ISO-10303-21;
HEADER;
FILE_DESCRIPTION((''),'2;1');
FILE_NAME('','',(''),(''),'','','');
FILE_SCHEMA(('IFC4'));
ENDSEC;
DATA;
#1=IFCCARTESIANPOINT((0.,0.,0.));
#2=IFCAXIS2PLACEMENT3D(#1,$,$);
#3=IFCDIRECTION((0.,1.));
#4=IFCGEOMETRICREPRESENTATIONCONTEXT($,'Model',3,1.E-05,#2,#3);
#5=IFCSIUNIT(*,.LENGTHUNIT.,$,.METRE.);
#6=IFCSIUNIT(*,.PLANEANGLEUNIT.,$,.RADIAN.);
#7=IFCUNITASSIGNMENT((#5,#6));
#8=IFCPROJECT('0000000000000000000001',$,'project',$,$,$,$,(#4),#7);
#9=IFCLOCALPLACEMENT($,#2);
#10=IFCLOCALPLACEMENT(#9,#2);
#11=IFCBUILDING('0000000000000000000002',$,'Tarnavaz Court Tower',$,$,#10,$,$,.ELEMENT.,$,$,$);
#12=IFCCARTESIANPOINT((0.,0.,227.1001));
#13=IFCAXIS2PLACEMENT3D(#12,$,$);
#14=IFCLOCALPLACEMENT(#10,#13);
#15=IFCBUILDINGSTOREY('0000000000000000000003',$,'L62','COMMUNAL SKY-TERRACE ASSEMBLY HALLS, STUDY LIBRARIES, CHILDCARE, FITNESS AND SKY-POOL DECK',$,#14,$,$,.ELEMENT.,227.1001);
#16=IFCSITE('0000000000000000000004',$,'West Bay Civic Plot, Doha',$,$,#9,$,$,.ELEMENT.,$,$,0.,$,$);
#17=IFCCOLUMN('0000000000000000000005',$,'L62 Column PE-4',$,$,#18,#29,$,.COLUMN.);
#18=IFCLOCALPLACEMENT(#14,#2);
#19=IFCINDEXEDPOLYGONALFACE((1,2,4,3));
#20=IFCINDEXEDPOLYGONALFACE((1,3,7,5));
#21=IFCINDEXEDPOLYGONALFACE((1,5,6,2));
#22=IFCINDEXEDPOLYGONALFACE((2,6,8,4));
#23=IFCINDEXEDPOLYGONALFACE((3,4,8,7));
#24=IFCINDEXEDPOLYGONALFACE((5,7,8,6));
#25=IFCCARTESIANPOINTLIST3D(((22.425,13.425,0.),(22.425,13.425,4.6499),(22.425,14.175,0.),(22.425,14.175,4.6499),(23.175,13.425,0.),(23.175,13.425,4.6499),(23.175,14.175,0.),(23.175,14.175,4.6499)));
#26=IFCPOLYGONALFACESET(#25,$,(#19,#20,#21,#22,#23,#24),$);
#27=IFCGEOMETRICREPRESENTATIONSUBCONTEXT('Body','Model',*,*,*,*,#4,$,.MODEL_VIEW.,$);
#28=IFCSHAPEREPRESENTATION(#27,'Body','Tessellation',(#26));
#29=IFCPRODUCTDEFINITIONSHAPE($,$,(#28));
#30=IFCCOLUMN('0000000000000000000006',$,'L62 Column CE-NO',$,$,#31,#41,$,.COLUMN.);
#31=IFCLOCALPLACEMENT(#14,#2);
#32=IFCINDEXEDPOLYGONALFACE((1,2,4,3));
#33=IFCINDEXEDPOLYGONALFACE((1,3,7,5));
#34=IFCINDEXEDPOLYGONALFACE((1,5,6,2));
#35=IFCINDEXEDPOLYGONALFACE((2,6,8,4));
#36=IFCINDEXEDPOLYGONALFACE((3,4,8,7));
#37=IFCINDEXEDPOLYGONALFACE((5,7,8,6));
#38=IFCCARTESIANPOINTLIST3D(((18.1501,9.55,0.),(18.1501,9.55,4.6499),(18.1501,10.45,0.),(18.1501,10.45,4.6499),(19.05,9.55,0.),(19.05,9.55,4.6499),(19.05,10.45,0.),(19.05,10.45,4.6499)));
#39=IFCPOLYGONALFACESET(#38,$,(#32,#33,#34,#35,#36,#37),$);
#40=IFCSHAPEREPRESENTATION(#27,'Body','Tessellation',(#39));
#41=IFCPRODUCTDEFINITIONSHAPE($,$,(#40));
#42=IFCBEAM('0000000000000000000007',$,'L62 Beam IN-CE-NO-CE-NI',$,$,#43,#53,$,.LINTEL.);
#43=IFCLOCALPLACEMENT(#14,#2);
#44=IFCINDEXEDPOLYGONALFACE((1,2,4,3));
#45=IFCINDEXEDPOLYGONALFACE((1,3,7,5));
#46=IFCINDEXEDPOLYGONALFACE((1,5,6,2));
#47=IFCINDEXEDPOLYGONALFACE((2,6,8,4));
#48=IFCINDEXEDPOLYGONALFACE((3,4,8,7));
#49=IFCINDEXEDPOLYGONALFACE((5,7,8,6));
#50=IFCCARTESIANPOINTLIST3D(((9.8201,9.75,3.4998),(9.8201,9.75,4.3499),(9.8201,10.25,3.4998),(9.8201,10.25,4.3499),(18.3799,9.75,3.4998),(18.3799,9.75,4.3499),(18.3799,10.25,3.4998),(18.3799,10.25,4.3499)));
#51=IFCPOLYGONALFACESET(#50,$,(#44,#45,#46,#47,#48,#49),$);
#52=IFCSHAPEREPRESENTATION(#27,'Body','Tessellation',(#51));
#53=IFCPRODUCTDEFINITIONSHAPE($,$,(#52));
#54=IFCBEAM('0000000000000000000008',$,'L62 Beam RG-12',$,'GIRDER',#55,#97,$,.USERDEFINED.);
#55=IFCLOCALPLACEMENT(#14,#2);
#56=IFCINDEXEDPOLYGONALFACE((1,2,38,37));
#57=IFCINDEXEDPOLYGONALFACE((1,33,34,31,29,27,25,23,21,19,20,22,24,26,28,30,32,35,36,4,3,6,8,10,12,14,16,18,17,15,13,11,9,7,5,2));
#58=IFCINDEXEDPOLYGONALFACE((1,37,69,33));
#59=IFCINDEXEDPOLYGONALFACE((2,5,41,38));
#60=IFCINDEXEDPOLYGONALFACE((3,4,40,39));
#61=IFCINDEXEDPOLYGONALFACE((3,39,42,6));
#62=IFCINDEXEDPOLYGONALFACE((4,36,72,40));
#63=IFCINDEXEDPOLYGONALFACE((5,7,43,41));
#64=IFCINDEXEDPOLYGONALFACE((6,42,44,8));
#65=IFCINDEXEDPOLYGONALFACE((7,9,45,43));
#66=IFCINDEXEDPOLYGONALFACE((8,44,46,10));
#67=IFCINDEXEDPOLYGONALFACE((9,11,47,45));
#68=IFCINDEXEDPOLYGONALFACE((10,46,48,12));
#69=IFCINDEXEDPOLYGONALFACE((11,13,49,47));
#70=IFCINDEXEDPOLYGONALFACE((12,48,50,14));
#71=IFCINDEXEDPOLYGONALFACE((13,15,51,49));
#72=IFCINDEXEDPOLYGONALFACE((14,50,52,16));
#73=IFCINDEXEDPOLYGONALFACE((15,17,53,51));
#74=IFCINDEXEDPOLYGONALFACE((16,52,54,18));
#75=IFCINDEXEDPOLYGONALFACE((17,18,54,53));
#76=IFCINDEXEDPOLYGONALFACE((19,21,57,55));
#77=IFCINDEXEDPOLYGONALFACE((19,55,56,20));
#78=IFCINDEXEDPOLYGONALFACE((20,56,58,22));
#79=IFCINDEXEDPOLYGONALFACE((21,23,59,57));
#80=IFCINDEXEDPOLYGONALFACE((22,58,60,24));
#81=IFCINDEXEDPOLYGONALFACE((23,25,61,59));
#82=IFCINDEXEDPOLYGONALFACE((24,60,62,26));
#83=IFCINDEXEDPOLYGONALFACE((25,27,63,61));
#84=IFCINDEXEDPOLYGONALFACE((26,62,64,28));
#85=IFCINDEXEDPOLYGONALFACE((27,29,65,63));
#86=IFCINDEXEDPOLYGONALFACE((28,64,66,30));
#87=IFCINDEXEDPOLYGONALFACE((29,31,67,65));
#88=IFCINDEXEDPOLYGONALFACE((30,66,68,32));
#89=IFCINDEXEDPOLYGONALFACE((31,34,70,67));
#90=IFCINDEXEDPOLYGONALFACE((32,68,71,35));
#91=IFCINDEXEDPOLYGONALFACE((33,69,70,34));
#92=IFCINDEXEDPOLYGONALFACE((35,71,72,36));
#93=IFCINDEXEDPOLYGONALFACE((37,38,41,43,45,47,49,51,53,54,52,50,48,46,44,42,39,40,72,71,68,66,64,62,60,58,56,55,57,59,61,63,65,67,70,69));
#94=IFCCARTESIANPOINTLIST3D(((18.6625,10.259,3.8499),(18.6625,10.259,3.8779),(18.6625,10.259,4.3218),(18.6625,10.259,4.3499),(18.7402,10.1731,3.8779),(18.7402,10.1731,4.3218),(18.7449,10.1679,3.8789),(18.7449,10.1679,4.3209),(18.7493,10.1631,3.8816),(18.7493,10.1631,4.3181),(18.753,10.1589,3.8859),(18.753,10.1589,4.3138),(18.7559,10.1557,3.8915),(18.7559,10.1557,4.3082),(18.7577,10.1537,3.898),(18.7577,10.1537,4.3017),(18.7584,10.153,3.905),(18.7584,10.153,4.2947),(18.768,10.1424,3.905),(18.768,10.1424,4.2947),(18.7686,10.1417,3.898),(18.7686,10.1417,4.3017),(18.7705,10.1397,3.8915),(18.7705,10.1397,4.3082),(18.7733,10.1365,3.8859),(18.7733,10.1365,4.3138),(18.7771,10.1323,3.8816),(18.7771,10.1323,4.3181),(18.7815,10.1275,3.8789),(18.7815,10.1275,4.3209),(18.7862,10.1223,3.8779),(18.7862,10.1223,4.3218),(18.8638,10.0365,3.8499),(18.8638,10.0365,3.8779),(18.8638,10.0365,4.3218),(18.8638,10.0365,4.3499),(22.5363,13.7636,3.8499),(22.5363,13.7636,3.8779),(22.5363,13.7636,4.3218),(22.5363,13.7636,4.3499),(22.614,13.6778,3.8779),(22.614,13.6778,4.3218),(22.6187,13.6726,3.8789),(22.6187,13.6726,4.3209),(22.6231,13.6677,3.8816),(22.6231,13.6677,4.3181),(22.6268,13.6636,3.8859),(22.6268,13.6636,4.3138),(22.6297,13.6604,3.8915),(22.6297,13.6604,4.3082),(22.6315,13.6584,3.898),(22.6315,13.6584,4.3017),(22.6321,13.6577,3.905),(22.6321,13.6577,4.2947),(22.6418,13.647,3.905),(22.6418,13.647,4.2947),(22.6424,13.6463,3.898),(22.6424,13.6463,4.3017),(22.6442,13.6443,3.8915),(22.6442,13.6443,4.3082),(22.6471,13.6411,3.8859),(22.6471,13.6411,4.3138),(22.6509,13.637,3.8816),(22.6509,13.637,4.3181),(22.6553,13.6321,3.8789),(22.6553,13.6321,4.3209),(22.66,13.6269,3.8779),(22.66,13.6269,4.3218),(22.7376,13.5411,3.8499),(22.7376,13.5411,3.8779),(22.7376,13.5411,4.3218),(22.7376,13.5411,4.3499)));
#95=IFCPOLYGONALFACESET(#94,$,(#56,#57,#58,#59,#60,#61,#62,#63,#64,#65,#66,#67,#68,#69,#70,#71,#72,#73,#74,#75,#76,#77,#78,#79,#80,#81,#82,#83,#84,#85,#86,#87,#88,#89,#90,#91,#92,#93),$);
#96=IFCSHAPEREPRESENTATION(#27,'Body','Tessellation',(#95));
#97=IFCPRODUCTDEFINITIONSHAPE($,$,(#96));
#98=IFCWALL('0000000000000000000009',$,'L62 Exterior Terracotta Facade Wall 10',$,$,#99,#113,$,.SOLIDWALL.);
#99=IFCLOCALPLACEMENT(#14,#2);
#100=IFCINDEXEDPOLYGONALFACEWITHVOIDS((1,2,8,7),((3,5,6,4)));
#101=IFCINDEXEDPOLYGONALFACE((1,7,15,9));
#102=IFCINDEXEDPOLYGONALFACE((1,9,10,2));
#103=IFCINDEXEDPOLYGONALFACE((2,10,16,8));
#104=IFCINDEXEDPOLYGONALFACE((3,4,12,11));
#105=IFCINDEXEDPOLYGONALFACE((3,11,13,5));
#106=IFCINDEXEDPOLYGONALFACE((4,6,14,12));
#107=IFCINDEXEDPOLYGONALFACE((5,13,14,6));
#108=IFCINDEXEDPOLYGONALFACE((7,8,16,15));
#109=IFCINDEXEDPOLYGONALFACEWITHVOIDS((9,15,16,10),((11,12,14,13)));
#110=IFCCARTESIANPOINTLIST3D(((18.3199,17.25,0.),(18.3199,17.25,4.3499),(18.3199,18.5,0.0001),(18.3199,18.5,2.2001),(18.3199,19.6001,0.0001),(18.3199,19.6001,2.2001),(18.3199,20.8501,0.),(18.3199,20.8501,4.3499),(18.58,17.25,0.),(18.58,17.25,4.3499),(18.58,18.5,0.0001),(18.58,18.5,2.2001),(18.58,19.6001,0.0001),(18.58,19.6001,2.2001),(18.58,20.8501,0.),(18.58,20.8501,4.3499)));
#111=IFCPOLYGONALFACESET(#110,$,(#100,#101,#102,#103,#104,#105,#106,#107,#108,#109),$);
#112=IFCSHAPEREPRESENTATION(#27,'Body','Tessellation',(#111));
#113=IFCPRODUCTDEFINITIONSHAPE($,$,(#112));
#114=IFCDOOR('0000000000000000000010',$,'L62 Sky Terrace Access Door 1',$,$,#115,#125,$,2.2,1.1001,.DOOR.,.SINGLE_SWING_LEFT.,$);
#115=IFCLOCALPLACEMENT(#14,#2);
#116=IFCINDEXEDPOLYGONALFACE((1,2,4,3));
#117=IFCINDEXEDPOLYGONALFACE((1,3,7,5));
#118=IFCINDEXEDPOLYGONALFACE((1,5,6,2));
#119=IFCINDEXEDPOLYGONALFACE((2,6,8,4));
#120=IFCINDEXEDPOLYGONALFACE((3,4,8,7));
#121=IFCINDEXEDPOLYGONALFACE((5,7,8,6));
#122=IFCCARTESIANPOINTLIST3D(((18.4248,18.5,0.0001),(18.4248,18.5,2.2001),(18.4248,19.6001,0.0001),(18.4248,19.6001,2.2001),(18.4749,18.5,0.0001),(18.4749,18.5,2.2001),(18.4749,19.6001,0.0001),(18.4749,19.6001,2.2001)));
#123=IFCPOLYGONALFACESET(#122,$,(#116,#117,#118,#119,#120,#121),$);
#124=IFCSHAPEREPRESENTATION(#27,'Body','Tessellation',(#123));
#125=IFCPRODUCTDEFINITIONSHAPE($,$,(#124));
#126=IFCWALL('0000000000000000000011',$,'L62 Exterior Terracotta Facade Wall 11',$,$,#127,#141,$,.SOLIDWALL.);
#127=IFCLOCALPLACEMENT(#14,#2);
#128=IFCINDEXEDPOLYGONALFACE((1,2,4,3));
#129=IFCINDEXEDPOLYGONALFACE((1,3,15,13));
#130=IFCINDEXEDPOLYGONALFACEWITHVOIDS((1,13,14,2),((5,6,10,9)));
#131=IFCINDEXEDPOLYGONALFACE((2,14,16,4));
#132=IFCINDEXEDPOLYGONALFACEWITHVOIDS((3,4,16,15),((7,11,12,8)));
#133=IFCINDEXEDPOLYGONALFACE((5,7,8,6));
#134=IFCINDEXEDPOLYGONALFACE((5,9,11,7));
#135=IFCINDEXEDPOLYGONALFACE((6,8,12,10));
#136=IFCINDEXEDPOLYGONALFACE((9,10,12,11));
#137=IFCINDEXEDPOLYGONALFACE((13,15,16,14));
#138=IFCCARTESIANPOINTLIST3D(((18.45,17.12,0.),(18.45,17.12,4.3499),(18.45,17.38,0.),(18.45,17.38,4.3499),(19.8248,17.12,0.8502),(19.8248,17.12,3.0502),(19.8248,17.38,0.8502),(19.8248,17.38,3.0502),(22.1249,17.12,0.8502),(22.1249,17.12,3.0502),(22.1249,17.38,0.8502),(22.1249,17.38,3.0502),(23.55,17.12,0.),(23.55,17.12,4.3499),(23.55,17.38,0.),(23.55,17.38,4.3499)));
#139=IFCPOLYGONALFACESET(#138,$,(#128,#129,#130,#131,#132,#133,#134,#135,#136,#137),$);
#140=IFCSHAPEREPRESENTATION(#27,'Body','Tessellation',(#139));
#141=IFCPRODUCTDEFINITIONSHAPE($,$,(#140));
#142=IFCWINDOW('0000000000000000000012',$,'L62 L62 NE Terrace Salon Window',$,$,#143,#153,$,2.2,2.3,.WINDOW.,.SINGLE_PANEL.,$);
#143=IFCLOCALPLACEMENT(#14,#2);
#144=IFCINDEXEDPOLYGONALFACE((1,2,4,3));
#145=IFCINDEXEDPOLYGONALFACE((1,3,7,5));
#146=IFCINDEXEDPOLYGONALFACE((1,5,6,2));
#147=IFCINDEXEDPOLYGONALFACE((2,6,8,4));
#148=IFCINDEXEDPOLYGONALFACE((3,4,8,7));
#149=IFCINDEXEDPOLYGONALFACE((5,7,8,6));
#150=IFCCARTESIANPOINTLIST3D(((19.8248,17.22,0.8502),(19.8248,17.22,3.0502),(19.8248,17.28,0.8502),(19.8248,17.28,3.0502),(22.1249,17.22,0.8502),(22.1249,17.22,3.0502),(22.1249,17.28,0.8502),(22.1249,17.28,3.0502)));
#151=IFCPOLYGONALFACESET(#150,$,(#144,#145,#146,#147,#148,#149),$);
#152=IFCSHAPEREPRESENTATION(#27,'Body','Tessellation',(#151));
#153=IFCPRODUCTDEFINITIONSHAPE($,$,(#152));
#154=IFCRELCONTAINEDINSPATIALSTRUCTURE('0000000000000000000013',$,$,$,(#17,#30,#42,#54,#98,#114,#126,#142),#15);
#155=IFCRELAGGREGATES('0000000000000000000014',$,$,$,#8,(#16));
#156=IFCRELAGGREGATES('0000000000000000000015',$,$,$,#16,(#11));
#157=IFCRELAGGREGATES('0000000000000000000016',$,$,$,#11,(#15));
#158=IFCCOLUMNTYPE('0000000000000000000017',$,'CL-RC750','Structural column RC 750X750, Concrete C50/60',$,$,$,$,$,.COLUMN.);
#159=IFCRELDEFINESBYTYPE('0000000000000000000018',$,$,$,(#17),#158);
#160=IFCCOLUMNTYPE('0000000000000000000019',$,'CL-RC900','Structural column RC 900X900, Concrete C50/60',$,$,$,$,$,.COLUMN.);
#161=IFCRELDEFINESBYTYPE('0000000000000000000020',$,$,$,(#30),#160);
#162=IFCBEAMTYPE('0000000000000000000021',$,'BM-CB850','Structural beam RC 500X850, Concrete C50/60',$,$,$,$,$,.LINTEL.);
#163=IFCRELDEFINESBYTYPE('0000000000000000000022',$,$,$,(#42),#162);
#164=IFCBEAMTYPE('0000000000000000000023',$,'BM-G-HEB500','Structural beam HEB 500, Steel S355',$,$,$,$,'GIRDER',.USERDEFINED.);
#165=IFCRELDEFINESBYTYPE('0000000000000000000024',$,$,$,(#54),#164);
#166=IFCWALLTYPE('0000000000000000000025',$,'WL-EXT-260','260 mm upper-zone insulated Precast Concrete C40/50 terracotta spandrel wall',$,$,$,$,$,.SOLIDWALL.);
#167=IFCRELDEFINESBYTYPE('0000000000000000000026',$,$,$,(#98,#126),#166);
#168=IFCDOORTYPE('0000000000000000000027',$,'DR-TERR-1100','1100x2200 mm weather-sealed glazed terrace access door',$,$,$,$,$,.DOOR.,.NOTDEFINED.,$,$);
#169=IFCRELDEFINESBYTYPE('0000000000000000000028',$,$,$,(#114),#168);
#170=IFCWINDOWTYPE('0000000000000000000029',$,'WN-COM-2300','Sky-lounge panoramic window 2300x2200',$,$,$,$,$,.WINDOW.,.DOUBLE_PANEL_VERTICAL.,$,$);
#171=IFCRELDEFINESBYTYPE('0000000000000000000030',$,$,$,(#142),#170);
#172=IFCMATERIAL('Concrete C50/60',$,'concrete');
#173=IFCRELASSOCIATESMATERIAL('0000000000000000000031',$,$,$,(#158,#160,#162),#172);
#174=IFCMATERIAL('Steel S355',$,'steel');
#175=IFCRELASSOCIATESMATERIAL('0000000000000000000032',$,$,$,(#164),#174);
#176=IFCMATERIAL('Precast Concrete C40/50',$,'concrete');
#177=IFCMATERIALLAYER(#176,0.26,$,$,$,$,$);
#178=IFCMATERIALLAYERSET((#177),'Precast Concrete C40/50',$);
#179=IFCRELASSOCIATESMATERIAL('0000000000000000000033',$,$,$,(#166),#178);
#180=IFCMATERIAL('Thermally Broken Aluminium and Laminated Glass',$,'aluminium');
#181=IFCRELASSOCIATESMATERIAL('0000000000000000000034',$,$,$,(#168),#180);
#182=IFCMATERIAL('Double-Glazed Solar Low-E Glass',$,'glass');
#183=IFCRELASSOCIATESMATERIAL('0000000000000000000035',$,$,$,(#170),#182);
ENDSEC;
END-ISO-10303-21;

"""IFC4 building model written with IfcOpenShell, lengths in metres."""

from ifc_helpers import new_model, si_unit, direction, frame, frame_2d, origin, origin_2d, place, context, subcontext, project, spatial, rectangle, i_section, extrude, material, layer, layer_set, material_profile, profile_set, type_object, element, fill, save


model = new_model("IFC4")

# Units and contexts
model_context = context("Model", 3, precision=1e-05, world=origin(), true_north=direction((0.0, 1.0)))
body_context = subcontext(model_context, "Body", "Model", "MODEL_VIEW")
ifc_project = project(units=[si_unit("LENGTHUNIT", "METRE"), si_unit("PLANEANGLEUNIT", "RADIAN")], contexts=[model_context])

# Site, building, storey
site_placement = place(None, origin())
site = spatial("IfcSite", under=ifc_project, at=site_placement, Name="West Bay Civic Plot, Doha", CompositionType="ELEMENT", RefElevation=0.0)
building_placement = place(site_placement, origin())
building = spatial("IfcBuilding", under=site, at=building_placement, Name="Tarnavaz Court Tower", CompositionType="ELEMENT")
storey_placement = place(building_placement, frame((0.0, 0.0, 227.1001)))
storey = spatial("IfcBuildingStorey", under=building, at=storey_placement, Name="L62", Description="COMMUNAL SKY-TERRACE ASSEMBLY HALLS, STUDY LIBRARIES, CHILDCARE, FITNESS AND SKY-POOL DECK", CompositionType="ELEMENT", Elevation=227.1001)

# Columns
ifc_material_1 = material(Name="Concrete C50/60", Category="concrete")
ifc_material_profile_1 = material_profile(ifc_material_1, rectangle(XDim=0.75, YDim=0.75, at=origin_2d()), Name="RC 750X750")
ifc_profile_set_1 = profile_set([ifc_material_profile_1], Name="Concrete C50/60")
column_type_1 = type_object("IfcColumnType", Name="CL-RC750", Description="Structural column RC 750X750, Concrete C50/60", PredefinedType="COLUMN", material=ifc_profile_set_1)
column_1_placement = place(storey_placement, frame((22.8, 13.8, 0.0), z_axis=(0.0, 0.0, 1.0), x_axis=(1.0, 0.0, 0.0)))
element("IfcColumn", 1, at=column_1_placement, inside=storey, type_object=column_type_1, Name="L62 Column PE-4", PredefinedType="COLUMN", context=body_context, shape_type="SweptSolid", body=[
    extrude(rectangle(XDim=0.75, YDim=0.75, at=origin_2d()), origin(), (0.0, 0.0, 1.0), 4.6499),
])
ifc_material_profile_2 = material_profile(ifc_material_1, rectangle(XDim=0.8999, YDim=0.8999, at=origin_2d()), Name="RC 900X900")
ifc_profile_set_2 = profile_set([ifc_material_profile_2], Name="Concrete C50/60")
column_type_2 = type_object("IfcColumnType", Name="CL-RC900", Description="Structural column RC 900X900, Concrete C50/60", PredefinedType="COLUMN", material=ifc_profile_set_2)
column_2_placement = place(storey_placement, frame((18.6001, 10.0, 0.0), z_axis=(0.0, 0.0, 1.0), x_axis=(1.0, 0.0, 0.0)))
element("IfcColumn", 2, at=column_2_placement, inside=storey, type_object=column_type_2, Name="L62 Column CE-NO", PredefinedType="COLUMN", context=body_context, shape_type="SweptSolid", body=[
    extrude(rectangle(XDim=0.8999, YDim=0.8999, at=origin_2d()), origin(), (0.0, 0.0, 1.0), 4.6499),
])

# Beams
ifc_material_profile_3 = material_profile(ifc_material_1, rectangle(XDim=0.5, YDim=0.8501, at=origin_2d()), Name="RC 500X850")
ifc_profile_set_3 = profile_set([ifc_material_profile_3], Name="Concrete C50/60")
beam_type_1 = type_object("IfcBeamType", Name="BM-CB850", Description="Structural beam RC 500X850, Concrete C50/60", PredefinedType="LINTEL", material=ifc_profile_set_3)
beam_1_placement = place(storey_placement, frame((18.3799, 10.0, 3.9248), z_axis=(-1.0, 0.0, 0.0), x_axis=(0.0, -1.0, 0.0)))
element("IfcBeam", 3, at=beam_1_placement, inside=storey, type_object=beam_type_1, Name="L62 Beam IN-CE-NO-CE-NI", PredefinedType="LINTEL", context=body_context, shape_type="SweptSolid", body=[
    extrude(rectangle(XDim=0.5, YDim=0.8501, at=origin_2d()), origin(), (0.0, 0.0, 1.0), 8.5598),
])
ifc_material_2 = material(Name="Steel S355", Category="steel")
ifc_material_profile_4 = material_profile(ifc_material_2, i_section(OverallWidth=0.3, OverallDepth=0.5, WebThickness=0.0144, FlangeThickness=0.0281, FilletRadius=0.0271, at=origin_2d()), Name="HEB 500")
ifc_profile_set_4 = profile_set([ifc_material_profile_4], Name="Steel S355")
beam_type_2 = type_object("IfcBeamType", Name="BM-G-HEB500", Description="Structural beam HEB 500, Steel S355", ElementType="GIRDER", PredefinedType="USERDEFINED", material=ifc_profile_set_4)
beam_2_placement = place(storey_placement, frame((18.7632, 10.1477, 4.0999), z_axis=(0.741556, 0.670891, 0.0), x_axis=(-0.670891, 0.741556, 0.0)))
element("IfcBeam", 4, at=beam_2_placement, inside=storey, type_object=beam_type_2, Name="L62 Beam RG-12", ObjectType="GIRDER", PredefinedType="USERDEFINED", context=body_context, shape_type="SweptSolid", body=[
    extrude(i_section(OverallWidth=0.3, OverallDepth=0.5, WebThickness=0.0144, FlangeThickness=0.0281, FilletRadius=0.0271, at=origin_2d()), origin(), (0.0, 0.0, 1.0), 5.2239),
])

# Wall, opening, door
ifc_material_3 = material(Name="Precast Concrete C40/50", Category="concrete")
ifc_layer_1 = layer(ifc_material_3, 0.26)
ifc_layer_set_1 = layer_set([ifc_layer_1], Name="Precast Concrete C40/50")
wall_type_1 = type_object("IfcWallType", Name="WL-EXT-260", Description="260 mm upper-zone insulated Precast Concrete C40/50 terracotta spandrel wall", PredefinedType="SOLIDWALL", material=ifc_layer_set_1)
wall_1_placement = place(storey_placement, frame((18.45, 20.8501, 0.0), z_axis=(0.0, 0.0, 1.0), x_axis=(0.0, -1.0, 0.0)))
wall_1 = element("IfcWall", 5, at=wall_1_placement, inside=storey, type_object=wall_type_1, Name="L62 Exterior Terracotta Facade Wall 10", PredefinedType="SOLIDWALL", context=body_context, shape_type="SweptSolid", body=[
    extrude(rectangle(XDim=3.6001, YDim=0.26, at=frame_2d((1.8, 0.0))), origin(), (0.0, 0.0, 1.0), 4.3499),
])
opening_1_placement = place(wall_1_placement, frame((1.25, 0.0, 0.0)))
opening_1 = element("IfcOpeningElement", 6, at=opening_1_placement, cuts=wall_1, PredefinedType="OPENING", context=body_context, shape_type="SweptSolid", body=[
    extrude(rectangle(XDim=1.1001, YDim=2.2, at=frame_2d((0.55, 1.1001))), frame((0.0, 0.1399, 0.0), z_axis=(0.0, -1.0, 0.0), x_axis=(1.0, 0.0, 0.0)), (0.0, 0.0, 1.0), 0.28),
])
ifc_material_4 = material(Name="Thermally Broken Aluminium and Laminated Glass", Category="aluminium")
door_type_1 = type_object("IfcDoorType", Name="DR-TERR-1100", Description="1100x2200 mm weather-sealed glazed terrace access door", OperationType="NOTDEFINED", PredefinedType="DOOR", material=ifc_material_4)
door_1_placement = place(opening_1_placement, origin())
door_1 = element("IfcDoor", 7, at=door_1_placement, inside=storey, type_object=door_type_1, Name="L62 Sky Terrace Access Door 1", OperationType="SINGLE_SWING_LEFT", OverallHeight=2.2, OverallWidth=1.1001, PredefinedType="DOOR", context=body_context, shape_type="SweptSolid", body=[
    extrude(rectangle(XDim=1.1001, YDim=2.2, at=frame_2d((0.55, 1.1001))), frame((0.0, 0.0249, 0.0), z_axis=(0.0, -1.0, 0.0), x_axis=(1.0, 0.0, 0.0)), (0.0, 0.0, 1.0), 0.05),
])
fill(opening_1, door_1)

# Wall, opening, window
wall_2_placement = place(storey_placement, frame((18.45, 17.25, 0.0), z_axis=(0.0, 0.0, 1.0), x_axis=(1.0, 0.0, 0.0)))
wall_2 = element("IfcWall", 8, at=wall_2_placement, inside=storey, type_object=wall_type_1, Name="L62 Exterior Terracotta Facade Wall 11", PredefinedType="SOLIDWALL", context=body_context, shape_type="SweptSolid", body=[
    extrude(rectangle(XDim=5.1001, YDim=0.26, at=frame_2d((2.55, 0.0))), origin(), (0.0, 0.0, 1.0), 4.3499),
])
opening_2_placement = place(wall_2_placement, frame((1.375, 0.0, 0.8501)))
opening_2 = element("IfcOpeningElement", 9, at=opening_2_placement, cuts=wall_2, PredefinedType="OPENING", context=body_context, shape_type="SweptSolid", body=[
    extrude(rectangle(XDim=2.3, YDim=2.2, at=frame_2d((1.1499, 1.1001))), frame((0.0, 0.1399, 0.0), z_axis=(0.0, -1.0, 0.0), x_axis=(1.0, 0.0, 0.0)), (0.0, 0.0, 1.0), 0.28),
])
ifc_material_5 = material(Name="Double-Glazed Solar Low-E Glass", Category="glass")
window_type_1 = type_object("IfcWindowType", Name="WN-COM-2300", Description="Sky-lounge panoramic window 2300x2200", PartitioningType="DOUBLE_PANEL_VERTICAL", PredefinedType="WINDOW", material=ifc_material_5)
window_1_placement = place(opening_2_placement, origin())
window_1 = element("IfcWindow", 10, at=window_1_placement, inside=storey, type_object=window_type_1, Name="L62 L62 NE Terrace Salon Window", OverallHeight=2.2, OverallWidth=2.3, PartitioningType="SINGLE_PANEL", PredefinedType="WINDOW", context=body_context, shape_type="SweptSolid", body=[
    extrude(rectangle(XDim=2.3, YDim=2.2, at=frame_2d((1.1499, 1.1001))), frame((0.0, 0.03, 0.0), z_axis=(0.0, -1.0, 0.0), x_axis=(1.0, 0.0, 0.0)), (0.0, 0.0, 1.0), 0.0601),
])
fill(opening_2, window_1)

save(model, "model.ifc")
